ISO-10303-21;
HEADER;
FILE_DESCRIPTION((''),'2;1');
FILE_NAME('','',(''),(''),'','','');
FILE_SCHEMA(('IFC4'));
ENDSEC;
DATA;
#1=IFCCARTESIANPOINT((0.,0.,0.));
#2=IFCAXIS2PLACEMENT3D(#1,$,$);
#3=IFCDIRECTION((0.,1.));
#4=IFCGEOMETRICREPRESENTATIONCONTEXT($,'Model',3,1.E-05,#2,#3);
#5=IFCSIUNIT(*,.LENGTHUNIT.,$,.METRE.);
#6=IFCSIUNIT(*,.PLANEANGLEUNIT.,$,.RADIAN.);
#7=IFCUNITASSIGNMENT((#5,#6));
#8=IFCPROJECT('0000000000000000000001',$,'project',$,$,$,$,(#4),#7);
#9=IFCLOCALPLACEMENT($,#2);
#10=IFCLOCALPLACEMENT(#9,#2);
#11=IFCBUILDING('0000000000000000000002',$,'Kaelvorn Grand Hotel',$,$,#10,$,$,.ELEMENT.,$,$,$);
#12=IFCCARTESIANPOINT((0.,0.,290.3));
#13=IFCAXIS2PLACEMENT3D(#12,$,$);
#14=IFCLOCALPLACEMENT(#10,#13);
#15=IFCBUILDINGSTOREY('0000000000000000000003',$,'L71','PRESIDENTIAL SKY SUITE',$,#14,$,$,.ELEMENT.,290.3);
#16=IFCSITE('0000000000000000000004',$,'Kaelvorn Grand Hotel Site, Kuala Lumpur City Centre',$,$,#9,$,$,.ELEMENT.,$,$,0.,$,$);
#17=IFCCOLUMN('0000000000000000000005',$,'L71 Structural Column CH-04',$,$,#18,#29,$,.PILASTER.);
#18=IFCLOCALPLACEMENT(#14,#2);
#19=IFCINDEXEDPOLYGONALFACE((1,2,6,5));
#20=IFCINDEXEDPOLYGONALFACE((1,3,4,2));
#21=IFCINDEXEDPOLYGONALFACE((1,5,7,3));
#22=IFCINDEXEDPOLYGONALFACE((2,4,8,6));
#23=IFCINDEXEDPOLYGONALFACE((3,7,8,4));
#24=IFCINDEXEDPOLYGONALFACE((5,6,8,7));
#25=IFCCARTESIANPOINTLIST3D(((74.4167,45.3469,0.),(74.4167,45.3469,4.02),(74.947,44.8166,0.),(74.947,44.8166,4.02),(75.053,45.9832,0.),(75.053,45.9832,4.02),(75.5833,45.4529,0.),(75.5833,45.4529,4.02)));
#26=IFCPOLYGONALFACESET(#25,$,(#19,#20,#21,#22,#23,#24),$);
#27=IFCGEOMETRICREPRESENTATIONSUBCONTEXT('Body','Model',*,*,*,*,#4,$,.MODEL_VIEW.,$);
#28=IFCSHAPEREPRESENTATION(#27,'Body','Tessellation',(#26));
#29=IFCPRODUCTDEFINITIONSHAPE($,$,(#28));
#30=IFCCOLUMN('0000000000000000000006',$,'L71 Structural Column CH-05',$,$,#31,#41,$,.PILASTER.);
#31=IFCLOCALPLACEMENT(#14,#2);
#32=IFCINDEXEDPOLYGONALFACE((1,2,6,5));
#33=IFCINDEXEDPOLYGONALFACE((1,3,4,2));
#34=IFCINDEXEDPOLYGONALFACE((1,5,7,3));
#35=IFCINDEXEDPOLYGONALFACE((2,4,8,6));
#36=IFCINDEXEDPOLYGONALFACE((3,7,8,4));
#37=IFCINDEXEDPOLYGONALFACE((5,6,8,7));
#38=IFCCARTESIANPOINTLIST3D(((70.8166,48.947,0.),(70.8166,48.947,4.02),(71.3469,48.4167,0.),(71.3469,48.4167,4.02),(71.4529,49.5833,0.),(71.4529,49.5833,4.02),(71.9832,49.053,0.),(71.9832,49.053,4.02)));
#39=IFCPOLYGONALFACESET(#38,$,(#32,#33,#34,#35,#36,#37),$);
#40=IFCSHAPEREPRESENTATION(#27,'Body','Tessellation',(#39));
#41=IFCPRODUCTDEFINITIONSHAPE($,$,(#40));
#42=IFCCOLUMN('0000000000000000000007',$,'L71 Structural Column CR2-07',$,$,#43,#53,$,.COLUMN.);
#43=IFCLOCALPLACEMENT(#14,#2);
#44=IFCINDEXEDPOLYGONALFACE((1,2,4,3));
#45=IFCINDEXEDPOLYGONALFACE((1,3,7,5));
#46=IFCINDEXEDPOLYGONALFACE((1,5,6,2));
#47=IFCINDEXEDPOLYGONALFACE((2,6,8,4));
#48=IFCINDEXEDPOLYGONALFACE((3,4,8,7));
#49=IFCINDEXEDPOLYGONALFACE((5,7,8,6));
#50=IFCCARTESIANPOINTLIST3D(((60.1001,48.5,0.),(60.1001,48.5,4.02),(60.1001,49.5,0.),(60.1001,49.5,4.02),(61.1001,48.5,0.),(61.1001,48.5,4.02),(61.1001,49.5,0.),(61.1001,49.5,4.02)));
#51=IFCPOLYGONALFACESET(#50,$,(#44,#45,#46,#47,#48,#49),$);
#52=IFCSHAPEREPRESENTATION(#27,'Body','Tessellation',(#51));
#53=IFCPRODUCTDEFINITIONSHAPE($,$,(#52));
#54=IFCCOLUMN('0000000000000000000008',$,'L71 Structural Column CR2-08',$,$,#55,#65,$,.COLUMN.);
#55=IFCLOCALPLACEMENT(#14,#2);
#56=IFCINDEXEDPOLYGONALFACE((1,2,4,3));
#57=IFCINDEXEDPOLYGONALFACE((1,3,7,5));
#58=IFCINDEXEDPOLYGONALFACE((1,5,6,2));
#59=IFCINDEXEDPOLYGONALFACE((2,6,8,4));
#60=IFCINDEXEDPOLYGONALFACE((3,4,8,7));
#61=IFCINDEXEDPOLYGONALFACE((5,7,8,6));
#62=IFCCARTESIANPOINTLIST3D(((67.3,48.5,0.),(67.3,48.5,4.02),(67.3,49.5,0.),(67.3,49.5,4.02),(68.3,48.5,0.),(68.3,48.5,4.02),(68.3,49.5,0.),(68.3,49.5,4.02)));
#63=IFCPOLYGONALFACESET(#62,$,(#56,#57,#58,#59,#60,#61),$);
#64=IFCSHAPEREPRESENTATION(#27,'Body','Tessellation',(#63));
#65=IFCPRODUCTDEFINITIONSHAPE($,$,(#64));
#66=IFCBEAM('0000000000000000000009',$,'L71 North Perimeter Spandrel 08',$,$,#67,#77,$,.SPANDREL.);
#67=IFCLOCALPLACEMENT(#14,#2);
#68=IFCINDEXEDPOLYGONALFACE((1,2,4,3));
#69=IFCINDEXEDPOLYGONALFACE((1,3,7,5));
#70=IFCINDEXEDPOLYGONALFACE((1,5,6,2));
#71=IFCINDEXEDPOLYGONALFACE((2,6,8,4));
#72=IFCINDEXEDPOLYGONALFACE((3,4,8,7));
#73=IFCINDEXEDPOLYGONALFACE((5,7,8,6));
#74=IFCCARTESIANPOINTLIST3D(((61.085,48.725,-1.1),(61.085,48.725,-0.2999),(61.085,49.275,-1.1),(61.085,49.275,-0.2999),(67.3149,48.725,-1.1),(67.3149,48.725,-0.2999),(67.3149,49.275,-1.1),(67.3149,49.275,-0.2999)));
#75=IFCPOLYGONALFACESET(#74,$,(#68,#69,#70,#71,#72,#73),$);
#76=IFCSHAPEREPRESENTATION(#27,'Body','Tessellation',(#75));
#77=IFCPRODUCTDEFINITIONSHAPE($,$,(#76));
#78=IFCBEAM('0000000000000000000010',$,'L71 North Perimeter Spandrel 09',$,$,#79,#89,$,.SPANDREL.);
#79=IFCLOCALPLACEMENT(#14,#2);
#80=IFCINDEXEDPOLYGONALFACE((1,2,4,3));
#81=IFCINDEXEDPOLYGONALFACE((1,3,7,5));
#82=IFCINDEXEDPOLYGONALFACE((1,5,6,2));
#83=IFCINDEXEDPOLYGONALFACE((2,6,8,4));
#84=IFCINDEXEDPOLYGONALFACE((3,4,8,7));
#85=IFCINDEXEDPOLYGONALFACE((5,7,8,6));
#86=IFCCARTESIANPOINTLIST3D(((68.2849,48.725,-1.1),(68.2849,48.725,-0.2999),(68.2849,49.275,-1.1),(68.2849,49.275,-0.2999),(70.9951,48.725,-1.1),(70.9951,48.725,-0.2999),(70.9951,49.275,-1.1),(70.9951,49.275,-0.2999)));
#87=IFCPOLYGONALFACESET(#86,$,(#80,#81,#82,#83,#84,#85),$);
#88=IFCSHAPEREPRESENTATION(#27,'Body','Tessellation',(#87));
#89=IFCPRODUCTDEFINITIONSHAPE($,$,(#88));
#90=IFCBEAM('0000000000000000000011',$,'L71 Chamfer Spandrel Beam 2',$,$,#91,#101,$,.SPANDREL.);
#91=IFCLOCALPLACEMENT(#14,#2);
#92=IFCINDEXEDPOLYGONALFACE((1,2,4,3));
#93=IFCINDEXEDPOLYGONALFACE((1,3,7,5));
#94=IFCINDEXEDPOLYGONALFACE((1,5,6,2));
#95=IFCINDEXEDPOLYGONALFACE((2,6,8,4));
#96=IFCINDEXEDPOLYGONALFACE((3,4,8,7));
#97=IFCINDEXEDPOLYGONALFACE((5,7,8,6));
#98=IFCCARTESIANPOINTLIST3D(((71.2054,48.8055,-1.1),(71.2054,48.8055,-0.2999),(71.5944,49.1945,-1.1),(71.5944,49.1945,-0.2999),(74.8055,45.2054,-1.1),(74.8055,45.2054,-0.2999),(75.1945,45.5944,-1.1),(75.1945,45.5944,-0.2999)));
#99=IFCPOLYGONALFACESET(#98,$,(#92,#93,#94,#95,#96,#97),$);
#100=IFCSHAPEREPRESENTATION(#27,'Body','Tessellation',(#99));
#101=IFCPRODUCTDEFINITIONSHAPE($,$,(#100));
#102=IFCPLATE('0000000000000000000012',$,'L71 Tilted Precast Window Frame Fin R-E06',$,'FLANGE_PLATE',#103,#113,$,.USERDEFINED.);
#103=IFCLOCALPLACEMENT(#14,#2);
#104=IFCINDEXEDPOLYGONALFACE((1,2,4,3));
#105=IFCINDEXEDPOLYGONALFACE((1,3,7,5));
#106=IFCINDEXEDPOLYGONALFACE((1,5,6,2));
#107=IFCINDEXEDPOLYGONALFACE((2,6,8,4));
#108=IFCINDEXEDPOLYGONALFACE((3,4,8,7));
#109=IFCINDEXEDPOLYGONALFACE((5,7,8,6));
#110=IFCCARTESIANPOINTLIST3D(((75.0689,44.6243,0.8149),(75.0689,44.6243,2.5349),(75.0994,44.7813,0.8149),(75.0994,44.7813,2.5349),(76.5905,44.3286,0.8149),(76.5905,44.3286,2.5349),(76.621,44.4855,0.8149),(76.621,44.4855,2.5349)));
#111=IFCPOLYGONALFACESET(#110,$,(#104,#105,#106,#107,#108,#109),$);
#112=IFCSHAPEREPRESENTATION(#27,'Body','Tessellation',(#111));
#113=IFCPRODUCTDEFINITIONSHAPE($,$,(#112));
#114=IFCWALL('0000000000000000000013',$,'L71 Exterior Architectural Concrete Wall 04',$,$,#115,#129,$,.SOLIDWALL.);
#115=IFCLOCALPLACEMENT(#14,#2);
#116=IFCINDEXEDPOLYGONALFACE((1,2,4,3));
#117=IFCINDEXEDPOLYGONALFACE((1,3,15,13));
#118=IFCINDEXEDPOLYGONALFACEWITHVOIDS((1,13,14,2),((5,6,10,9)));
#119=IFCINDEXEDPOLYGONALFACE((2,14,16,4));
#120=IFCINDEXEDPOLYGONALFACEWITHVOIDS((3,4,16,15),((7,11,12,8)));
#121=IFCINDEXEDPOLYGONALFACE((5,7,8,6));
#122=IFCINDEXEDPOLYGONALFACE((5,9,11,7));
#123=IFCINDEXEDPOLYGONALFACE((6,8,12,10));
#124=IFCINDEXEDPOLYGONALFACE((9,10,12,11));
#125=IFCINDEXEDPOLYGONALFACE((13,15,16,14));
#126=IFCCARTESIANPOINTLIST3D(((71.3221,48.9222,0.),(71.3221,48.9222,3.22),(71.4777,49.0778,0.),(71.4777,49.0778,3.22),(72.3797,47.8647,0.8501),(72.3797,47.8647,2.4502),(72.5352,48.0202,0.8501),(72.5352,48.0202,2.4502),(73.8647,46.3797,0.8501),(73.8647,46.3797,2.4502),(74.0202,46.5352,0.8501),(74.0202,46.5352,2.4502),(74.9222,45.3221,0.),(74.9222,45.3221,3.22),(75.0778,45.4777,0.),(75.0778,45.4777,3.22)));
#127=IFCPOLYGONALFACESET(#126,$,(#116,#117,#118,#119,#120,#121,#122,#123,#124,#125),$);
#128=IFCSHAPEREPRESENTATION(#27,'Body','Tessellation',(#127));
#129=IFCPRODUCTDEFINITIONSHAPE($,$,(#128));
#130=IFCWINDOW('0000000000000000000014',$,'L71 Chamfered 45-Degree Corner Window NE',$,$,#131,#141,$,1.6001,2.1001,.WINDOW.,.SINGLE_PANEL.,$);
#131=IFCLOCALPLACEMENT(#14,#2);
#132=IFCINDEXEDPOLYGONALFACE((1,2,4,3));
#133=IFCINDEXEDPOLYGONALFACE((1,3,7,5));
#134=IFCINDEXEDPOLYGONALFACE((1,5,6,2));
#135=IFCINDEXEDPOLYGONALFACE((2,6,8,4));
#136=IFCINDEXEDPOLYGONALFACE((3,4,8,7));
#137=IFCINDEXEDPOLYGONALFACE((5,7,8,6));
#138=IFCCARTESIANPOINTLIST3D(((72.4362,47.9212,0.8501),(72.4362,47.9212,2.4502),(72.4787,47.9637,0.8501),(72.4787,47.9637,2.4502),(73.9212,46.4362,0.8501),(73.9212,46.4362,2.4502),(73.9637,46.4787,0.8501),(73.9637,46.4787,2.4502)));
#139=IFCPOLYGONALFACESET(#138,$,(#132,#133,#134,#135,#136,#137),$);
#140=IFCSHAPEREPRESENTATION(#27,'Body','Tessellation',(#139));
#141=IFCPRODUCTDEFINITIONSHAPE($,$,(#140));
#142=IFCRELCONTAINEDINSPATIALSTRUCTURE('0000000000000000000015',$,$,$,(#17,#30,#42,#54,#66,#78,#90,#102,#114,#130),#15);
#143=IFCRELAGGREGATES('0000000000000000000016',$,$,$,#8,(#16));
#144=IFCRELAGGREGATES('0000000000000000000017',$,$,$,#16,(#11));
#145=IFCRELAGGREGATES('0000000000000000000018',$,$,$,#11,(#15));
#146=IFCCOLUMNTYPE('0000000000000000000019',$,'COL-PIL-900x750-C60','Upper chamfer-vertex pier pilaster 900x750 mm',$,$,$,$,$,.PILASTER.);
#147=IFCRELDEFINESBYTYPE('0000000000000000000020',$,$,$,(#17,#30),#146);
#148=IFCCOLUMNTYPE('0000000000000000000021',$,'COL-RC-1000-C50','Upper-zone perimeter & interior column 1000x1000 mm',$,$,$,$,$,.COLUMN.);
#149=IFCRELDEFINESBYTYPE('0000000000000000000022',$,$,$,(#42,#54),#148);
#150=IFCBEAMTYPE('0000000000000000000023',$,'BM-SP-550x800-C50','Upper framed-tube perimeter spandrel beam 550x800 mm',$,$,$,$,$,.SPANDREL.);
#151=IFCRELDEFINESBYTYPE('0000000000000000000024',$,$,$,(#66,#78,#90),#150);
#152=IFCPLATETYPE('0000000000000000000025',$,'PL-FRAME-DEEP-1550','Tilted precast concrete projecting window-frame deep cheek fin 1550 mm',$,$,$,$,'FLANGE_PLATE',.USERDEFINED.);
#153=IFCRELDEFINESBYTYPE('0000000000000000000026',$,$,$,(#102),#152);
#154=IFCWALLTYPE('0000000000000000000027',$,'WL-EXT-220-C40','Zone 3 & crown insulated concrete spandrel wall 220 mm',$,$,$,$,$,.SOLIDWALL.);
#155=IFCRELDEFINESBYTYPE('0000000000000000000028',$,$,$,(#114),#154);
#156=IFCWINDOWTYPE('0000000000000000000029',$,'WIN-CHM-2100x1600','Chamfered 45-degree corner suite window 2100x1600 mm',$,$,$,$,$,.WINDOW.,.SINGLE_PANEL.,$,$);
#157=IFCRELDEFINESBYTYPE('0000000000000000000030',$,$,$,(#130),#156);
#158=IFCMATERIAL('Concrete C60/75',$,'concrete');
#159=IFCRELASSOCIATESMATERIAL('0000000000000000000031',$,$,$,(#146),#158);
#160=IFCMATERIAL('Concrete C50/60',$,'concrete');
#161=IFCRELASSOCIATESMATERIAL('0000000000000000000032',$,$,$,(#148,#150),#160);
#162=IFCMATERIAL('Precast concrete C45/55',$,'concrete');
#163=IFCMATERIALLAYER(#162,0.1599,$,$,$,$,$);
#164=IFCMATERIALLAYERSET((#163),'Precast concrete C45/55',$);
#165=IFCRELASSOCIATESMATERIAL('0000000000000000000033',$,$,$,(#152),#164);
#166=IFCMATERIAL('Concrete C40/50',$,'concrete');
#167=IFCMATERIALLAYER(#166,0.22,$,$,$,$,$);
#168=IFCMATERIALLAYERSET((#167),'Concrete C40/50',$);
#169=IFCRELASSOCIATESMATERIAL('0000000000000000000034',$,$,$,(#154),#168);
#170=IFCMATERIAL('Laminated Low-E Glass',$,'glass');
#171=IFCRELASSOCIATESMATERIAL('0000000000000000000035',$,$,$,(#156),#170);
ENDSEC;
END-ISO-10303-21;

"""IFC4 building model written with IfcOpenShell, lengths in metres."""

from ifc_helpers import new_model, si_unit, direction, frame, frame_2d, origin, origin_2d, place, context, subcontext, project, spatial, rectangle, extrude, material, layer, layer_set, material_profile, profile_set, type_object, element, fill, save


model = new_model("IFC4")

# Units and contexts
model_context = context("Model", 3, precision=1e-05, world=origin(), true_north=direction((0.0, 1.0)))
body_context = subcontext(model_context, "Body", "Model", "MODEL_VIEW")
ifc_project = project(units=[si_unit("LENGTHUNIT", "METRE"), si_unit("PLANEANGLEUNIT", "RADIAN")], contexts=[model_context])

# Site, building, storey
site_placement = place(None, origin())
site = spatial("IfcSite", under=ifc_project, at=site_placement, Name="Kaelvorn Grand Hotel Site, Kuala Lumpur City Centre", CompositionType="ELEMENT", RefElevation=0.0)
building_placement = place(site_placement, origin())
building = spatial("IfcBuilding", under=site, at=building_placement, Name="Kaelvorn Grand Hotel", CompositionType="ELEMENT")
storey_placement = place(building_placement, frame((0.0, 0.0, 290.3)))
storey = spatial("IfcBuildingStorey", under=building, at=storey_placement, Name="L71", Description="PRESIDENTIAL SKY SUITE", CompositionType="ELEMENT", Elevation=290.3)

# Columns
ifc_material_1 = material(Name="Concrete C60/75", Category="concrete")
ifc_material_profile_1 = material_profile(ifc_material_1, rectangle(XDim=0.8999, YDim=0.75, at=origin_2d()), Name="RC PILASTER 900x750")
ifc_profile_set_1 = profile_set([ifc_material_profile_1], Name="Concrete C60/75")
column_type_1 = type_object("IfcColumnType", Name="COL-PIL-900x750-C60", Description="Upper chamfer-vertex pier pilaster 900x750 mm", PredefinedType="PILASTER", material=ifc_profile_set_1)
for number, where, z_axis, x_axis, name in (
    (1, (75.0, 45.3999, 0.0), (0.0, 0.0, 1.0), (0.707107, 0.707107, 0.0), "L71 Structural Column CH-04"),
    (2, (71.3999, 49.0, 0.0), (0.0, 0.0, 1.0), (0.707107, 0.707107, 0.0), "L71 Structural Column CH-05"),
):
    element("IfcColumn", number, at=place(storey_placement, frame(where, z_axis=z_axis, x_axis=x_axis)), inside=storey, type_object=column_type_1, Name=name, PredefinedType="PILASTER", context=body_context, shape_type="SweptSolid", body=[
        extrude(rectangle(XDim=0.8999, YDim=0.75, at=origin_2d()), origin(), (0.0, 0.0, 1.0), 4.02),
    ])
ifc_material_2 = material(Name="Concrete C50/60", Category="concrete")
ifc_material_profile_2 = material_profile(ifc_material_2, rectangle(XDim=1.0, YDim=1.0, at=origin_2d()), Name="RC COL 1000x1000")
ifc_profile_set_2 = profile_set([ifc_material_profile_2], Name="Concrete C50/60")
column_type_2 = type_object("IfcColumnType", Name="COL-RC-1000-C50", Description="Upper-zone perimeter & interior column 1000x1000 mm", PredefinedType="COLUMN", material=ifc_profile_set_2)
for number, where, z_axis, x_axis, name in (
    (3, (60.6001, 49.0, 0.0), (0.0, 0.0, 1.0), (1.0, 0.0, 0.0), "L71 Structural Column CR2-07"),
    (4, (67.8, 49.0, 0.0), (0.0, 0.0, 1.0), (1.0, 0.0, 0.0), "L71 Structural Column CR2-08"),
):
    element("IfcColumn", number, at=place(storey_placement, frame(where, z_axis=z_axis, x_axis=x_axis)), inside=storey, type_object=column_type_2, Name=name, PredefinedType="COLUMN", context=body_context, shape_type="SweptSolid", body=[
        extrude(rectangle(XDim=1.0, YDim=1.0, at=origin_2d()), origin(), (0.0, 0.0, 1.0), 4.02),
    ])

# Beams
ifc_material_profile_3 = material_profile(ifc_material_2, rectangle(XDim=0.55, YDim=0.8, at=origin_2d()), Name="RC SPANDREL 550x800")
ifc_profile_set_3 = profile_set([ifc_material_profile_3], Name="Concrete C50/60")
beam_type = type_object("IfcBeamType", Name="BM-SP-550x800-C50", Description="Upper framed-tube perimeter spandrel beam 550x800 mm", PredefinedType="SPANDREL", material=ifc_profile_set_3)
beam_1_placement = place(storey_placement, frame((61.085, 49.0, -0.7), z_axis=(1.0, 0.0, 0.0), x_axis=(0.0, 1.0, 0.0)))
element("IfcBeam", 5, at=beam_1_placement, inside=storey, type_object=beam_type, Name="L71 North Perimeter Spandrel 08", PredefinedType="SPANDREL", context=body_context, shape_type="SweptSolid", body=[
    extrude(rectangle(XDim=0.55, YDim=0.8, at=origin_2d()), origin(), (0.0, 0.0, 1.0), 6.23),
])
beam_2_placement = place(storey_placement, frame((68.2849, 49.0, -0.7), z_axis=(1.0, 0.0, 0.0), x_axis=(0.0, 1.0, 0.0)))
element("IfcBeam", 6, at=beam_2_placement, inside=storey, type_object=beam_type, Name="L71 North Perimeter Spandrel 09", PredefinedType="SPANDREL", context=body_context, shape_type="SweptSolid", body=[
    extrude(rectangle(XDim=0.55, YDim=0.8, at=origin_2d()), origin(), (0.0, 0.0, 1.0), 2.7102),
])
beam_3_placement = place(storey_placement, frame((75.0, 45.3999, -0.7), z_axis=(-0.707107, 0.707107, 0.0), x_axis=(-0.707107, -0.707107, 0.0)))
element("IfcBeam", 7, at=beam_3_placement, inside=storey, type_object=beam_type, Name="L71 Chamfer Spandrel Beam 2", PredefinedType="SPANDREL", context=body_context, shape_type="SweptSolid", body=[
    extrude(rectangle(XDim=0.55, YDim=0.8, at=origin_2d()), origin(), (0.0, 0.0, 1.0), 5.0913),
])

# Plate
ifc_material_3 = material(Name="Precast concrete C45/55", Category="concrete")
ifc_layer_1 = layer(ifc_material_3, 0.1599)
ifc_layer_set_1 = layer_set([ifc_layer_1], Name="Precast concrete C45/55")
plate_type = type_object("IfcPlateType", Name="PL-FRAME-DEEP-1550", Description="Tilted precast concrete projecting window-frame deep cheek fin 1550 mm", ElementType="FLANGE_PLATE", PredefinedType="USERDEFINED", material=ifc_layer_set_1)
plate_placement = place(storey_placement, frame((75.845, 44.5549, 0.8149), z_axis=(0.0, 0.0, 1.0), x_axis=(0.190809, 0.981627, 0.0)))
element("IfcPlate", 8, at=plate_placement, inside=storey, type_object=plate_type, Name="L71 Tilted Precast Window Frame Fin R-E06", ObjectType="FLANGE_PLATE", PredefinedType="USERDEFINED", context=body_context, shape_type="SweptSolid", body=[
    extrude(rectangle(XDim=0.1599, YDim=1.55, at=origin_2d()), origin(), (0.0, 0.0, 1.0), 1.72),
])

# Wall, opening, window
ifc_material_4 = material(Name="Concrete C40/50", Category="concrete")
ifc_layer_2 = layer(ifc_material_4, 0.22)
ifc_layer_set_2 = layer_set([ifc_layer_2], Name="Concrete C40/50")
wall_type_1 = type_object("IfcWallType", Name="WL-EXT-220-C40", Description="Zone 3 & crown insulated concrete spandrel wall 220 mm", PredefinedType="SOLIDWALL", material=ifc_layer_set_2)
wall_1_placement = place(storey_placement, frame((75.0, 45.3999, 0.0), z_axis=(0.0, 0.0, 1.0), x_axis=(-0.707107, 0.707107, 0.0)))
wall_1 = element("IfcWall", 9, at=wall_1_placement, inside=storey, type_object=wall_type_1, Name="L71 Exterior Architectural Concrete Wall 04", PredefinedType="SOLIDWALL", context=body_context, shape_type="SweptSolid", body=[
    extrude(rectangle(XDim=5.0913, YDim=0.22, at=frame_2d((2.5457, 0.0))), origin(), (0.0, 0.0, 1.0), 3.22),
])
opening_1_placement = place(wall_1_placement, frame((1.4956, 0.0, 0.8501)))
opening_1 = element("IfcOpeningElement", 10, at=opening_1_placement, cuts=wall_1, PredefinedType="OPENING", context=body_context, shape_type="SweptSolid", body=[
    extrude(rectangle(XDim=2.1001, YDim=1.6001, at=frame_2d((1.05, 0.8))), frame((0.0, 0.1201, 0.0), z_axis=(0.0, -1.0, 0.0), x_axis=(1.0, 0.0, 0.0)), (0.0, 0.0, 1.0), 0.24),
])
ifc_material_5 = material(Name="Laminated Low-E Glass", Category="glass")
window_type_1 = type_object("IfcWindowType", Name="WIN-CHM-2100x1600", Description="Chamfered 45-degree corner suite window 2100x1600 mm", PartitioningType="SINGLE_PANEL", PredefinedType="WINDOW", material=ifc_material_5)
window_1_placement = place(opening_1_placement, origin())
window_1 = element("IfcWindow", 11, at=window_1_placement, inside=storey, type_object=window_type_1, Name="L71 Chamfered 45-Degree Corner Window NE", OverallHeight=1.6001, OverallWidth=2.1001, PartitioningType="SINGLE_PANEL", PredefinedType="WINDOW", context=body_context, shape_type="SweptSolid", body=[
    extrude(rectangle(XDim=2.1001, YDim=1.6001, at=frame_2d((1.05, 0.8))), frame((0.0, 0.03, 0.0), z_axis=(0.0, -1.0, 0.0), x_axis=(1.0, 0.0, 0.0)), (0.0, 0.0, 1.0), 0.0601),
])
fill(opening_1, window_1)

save(model, "model.ifc")
